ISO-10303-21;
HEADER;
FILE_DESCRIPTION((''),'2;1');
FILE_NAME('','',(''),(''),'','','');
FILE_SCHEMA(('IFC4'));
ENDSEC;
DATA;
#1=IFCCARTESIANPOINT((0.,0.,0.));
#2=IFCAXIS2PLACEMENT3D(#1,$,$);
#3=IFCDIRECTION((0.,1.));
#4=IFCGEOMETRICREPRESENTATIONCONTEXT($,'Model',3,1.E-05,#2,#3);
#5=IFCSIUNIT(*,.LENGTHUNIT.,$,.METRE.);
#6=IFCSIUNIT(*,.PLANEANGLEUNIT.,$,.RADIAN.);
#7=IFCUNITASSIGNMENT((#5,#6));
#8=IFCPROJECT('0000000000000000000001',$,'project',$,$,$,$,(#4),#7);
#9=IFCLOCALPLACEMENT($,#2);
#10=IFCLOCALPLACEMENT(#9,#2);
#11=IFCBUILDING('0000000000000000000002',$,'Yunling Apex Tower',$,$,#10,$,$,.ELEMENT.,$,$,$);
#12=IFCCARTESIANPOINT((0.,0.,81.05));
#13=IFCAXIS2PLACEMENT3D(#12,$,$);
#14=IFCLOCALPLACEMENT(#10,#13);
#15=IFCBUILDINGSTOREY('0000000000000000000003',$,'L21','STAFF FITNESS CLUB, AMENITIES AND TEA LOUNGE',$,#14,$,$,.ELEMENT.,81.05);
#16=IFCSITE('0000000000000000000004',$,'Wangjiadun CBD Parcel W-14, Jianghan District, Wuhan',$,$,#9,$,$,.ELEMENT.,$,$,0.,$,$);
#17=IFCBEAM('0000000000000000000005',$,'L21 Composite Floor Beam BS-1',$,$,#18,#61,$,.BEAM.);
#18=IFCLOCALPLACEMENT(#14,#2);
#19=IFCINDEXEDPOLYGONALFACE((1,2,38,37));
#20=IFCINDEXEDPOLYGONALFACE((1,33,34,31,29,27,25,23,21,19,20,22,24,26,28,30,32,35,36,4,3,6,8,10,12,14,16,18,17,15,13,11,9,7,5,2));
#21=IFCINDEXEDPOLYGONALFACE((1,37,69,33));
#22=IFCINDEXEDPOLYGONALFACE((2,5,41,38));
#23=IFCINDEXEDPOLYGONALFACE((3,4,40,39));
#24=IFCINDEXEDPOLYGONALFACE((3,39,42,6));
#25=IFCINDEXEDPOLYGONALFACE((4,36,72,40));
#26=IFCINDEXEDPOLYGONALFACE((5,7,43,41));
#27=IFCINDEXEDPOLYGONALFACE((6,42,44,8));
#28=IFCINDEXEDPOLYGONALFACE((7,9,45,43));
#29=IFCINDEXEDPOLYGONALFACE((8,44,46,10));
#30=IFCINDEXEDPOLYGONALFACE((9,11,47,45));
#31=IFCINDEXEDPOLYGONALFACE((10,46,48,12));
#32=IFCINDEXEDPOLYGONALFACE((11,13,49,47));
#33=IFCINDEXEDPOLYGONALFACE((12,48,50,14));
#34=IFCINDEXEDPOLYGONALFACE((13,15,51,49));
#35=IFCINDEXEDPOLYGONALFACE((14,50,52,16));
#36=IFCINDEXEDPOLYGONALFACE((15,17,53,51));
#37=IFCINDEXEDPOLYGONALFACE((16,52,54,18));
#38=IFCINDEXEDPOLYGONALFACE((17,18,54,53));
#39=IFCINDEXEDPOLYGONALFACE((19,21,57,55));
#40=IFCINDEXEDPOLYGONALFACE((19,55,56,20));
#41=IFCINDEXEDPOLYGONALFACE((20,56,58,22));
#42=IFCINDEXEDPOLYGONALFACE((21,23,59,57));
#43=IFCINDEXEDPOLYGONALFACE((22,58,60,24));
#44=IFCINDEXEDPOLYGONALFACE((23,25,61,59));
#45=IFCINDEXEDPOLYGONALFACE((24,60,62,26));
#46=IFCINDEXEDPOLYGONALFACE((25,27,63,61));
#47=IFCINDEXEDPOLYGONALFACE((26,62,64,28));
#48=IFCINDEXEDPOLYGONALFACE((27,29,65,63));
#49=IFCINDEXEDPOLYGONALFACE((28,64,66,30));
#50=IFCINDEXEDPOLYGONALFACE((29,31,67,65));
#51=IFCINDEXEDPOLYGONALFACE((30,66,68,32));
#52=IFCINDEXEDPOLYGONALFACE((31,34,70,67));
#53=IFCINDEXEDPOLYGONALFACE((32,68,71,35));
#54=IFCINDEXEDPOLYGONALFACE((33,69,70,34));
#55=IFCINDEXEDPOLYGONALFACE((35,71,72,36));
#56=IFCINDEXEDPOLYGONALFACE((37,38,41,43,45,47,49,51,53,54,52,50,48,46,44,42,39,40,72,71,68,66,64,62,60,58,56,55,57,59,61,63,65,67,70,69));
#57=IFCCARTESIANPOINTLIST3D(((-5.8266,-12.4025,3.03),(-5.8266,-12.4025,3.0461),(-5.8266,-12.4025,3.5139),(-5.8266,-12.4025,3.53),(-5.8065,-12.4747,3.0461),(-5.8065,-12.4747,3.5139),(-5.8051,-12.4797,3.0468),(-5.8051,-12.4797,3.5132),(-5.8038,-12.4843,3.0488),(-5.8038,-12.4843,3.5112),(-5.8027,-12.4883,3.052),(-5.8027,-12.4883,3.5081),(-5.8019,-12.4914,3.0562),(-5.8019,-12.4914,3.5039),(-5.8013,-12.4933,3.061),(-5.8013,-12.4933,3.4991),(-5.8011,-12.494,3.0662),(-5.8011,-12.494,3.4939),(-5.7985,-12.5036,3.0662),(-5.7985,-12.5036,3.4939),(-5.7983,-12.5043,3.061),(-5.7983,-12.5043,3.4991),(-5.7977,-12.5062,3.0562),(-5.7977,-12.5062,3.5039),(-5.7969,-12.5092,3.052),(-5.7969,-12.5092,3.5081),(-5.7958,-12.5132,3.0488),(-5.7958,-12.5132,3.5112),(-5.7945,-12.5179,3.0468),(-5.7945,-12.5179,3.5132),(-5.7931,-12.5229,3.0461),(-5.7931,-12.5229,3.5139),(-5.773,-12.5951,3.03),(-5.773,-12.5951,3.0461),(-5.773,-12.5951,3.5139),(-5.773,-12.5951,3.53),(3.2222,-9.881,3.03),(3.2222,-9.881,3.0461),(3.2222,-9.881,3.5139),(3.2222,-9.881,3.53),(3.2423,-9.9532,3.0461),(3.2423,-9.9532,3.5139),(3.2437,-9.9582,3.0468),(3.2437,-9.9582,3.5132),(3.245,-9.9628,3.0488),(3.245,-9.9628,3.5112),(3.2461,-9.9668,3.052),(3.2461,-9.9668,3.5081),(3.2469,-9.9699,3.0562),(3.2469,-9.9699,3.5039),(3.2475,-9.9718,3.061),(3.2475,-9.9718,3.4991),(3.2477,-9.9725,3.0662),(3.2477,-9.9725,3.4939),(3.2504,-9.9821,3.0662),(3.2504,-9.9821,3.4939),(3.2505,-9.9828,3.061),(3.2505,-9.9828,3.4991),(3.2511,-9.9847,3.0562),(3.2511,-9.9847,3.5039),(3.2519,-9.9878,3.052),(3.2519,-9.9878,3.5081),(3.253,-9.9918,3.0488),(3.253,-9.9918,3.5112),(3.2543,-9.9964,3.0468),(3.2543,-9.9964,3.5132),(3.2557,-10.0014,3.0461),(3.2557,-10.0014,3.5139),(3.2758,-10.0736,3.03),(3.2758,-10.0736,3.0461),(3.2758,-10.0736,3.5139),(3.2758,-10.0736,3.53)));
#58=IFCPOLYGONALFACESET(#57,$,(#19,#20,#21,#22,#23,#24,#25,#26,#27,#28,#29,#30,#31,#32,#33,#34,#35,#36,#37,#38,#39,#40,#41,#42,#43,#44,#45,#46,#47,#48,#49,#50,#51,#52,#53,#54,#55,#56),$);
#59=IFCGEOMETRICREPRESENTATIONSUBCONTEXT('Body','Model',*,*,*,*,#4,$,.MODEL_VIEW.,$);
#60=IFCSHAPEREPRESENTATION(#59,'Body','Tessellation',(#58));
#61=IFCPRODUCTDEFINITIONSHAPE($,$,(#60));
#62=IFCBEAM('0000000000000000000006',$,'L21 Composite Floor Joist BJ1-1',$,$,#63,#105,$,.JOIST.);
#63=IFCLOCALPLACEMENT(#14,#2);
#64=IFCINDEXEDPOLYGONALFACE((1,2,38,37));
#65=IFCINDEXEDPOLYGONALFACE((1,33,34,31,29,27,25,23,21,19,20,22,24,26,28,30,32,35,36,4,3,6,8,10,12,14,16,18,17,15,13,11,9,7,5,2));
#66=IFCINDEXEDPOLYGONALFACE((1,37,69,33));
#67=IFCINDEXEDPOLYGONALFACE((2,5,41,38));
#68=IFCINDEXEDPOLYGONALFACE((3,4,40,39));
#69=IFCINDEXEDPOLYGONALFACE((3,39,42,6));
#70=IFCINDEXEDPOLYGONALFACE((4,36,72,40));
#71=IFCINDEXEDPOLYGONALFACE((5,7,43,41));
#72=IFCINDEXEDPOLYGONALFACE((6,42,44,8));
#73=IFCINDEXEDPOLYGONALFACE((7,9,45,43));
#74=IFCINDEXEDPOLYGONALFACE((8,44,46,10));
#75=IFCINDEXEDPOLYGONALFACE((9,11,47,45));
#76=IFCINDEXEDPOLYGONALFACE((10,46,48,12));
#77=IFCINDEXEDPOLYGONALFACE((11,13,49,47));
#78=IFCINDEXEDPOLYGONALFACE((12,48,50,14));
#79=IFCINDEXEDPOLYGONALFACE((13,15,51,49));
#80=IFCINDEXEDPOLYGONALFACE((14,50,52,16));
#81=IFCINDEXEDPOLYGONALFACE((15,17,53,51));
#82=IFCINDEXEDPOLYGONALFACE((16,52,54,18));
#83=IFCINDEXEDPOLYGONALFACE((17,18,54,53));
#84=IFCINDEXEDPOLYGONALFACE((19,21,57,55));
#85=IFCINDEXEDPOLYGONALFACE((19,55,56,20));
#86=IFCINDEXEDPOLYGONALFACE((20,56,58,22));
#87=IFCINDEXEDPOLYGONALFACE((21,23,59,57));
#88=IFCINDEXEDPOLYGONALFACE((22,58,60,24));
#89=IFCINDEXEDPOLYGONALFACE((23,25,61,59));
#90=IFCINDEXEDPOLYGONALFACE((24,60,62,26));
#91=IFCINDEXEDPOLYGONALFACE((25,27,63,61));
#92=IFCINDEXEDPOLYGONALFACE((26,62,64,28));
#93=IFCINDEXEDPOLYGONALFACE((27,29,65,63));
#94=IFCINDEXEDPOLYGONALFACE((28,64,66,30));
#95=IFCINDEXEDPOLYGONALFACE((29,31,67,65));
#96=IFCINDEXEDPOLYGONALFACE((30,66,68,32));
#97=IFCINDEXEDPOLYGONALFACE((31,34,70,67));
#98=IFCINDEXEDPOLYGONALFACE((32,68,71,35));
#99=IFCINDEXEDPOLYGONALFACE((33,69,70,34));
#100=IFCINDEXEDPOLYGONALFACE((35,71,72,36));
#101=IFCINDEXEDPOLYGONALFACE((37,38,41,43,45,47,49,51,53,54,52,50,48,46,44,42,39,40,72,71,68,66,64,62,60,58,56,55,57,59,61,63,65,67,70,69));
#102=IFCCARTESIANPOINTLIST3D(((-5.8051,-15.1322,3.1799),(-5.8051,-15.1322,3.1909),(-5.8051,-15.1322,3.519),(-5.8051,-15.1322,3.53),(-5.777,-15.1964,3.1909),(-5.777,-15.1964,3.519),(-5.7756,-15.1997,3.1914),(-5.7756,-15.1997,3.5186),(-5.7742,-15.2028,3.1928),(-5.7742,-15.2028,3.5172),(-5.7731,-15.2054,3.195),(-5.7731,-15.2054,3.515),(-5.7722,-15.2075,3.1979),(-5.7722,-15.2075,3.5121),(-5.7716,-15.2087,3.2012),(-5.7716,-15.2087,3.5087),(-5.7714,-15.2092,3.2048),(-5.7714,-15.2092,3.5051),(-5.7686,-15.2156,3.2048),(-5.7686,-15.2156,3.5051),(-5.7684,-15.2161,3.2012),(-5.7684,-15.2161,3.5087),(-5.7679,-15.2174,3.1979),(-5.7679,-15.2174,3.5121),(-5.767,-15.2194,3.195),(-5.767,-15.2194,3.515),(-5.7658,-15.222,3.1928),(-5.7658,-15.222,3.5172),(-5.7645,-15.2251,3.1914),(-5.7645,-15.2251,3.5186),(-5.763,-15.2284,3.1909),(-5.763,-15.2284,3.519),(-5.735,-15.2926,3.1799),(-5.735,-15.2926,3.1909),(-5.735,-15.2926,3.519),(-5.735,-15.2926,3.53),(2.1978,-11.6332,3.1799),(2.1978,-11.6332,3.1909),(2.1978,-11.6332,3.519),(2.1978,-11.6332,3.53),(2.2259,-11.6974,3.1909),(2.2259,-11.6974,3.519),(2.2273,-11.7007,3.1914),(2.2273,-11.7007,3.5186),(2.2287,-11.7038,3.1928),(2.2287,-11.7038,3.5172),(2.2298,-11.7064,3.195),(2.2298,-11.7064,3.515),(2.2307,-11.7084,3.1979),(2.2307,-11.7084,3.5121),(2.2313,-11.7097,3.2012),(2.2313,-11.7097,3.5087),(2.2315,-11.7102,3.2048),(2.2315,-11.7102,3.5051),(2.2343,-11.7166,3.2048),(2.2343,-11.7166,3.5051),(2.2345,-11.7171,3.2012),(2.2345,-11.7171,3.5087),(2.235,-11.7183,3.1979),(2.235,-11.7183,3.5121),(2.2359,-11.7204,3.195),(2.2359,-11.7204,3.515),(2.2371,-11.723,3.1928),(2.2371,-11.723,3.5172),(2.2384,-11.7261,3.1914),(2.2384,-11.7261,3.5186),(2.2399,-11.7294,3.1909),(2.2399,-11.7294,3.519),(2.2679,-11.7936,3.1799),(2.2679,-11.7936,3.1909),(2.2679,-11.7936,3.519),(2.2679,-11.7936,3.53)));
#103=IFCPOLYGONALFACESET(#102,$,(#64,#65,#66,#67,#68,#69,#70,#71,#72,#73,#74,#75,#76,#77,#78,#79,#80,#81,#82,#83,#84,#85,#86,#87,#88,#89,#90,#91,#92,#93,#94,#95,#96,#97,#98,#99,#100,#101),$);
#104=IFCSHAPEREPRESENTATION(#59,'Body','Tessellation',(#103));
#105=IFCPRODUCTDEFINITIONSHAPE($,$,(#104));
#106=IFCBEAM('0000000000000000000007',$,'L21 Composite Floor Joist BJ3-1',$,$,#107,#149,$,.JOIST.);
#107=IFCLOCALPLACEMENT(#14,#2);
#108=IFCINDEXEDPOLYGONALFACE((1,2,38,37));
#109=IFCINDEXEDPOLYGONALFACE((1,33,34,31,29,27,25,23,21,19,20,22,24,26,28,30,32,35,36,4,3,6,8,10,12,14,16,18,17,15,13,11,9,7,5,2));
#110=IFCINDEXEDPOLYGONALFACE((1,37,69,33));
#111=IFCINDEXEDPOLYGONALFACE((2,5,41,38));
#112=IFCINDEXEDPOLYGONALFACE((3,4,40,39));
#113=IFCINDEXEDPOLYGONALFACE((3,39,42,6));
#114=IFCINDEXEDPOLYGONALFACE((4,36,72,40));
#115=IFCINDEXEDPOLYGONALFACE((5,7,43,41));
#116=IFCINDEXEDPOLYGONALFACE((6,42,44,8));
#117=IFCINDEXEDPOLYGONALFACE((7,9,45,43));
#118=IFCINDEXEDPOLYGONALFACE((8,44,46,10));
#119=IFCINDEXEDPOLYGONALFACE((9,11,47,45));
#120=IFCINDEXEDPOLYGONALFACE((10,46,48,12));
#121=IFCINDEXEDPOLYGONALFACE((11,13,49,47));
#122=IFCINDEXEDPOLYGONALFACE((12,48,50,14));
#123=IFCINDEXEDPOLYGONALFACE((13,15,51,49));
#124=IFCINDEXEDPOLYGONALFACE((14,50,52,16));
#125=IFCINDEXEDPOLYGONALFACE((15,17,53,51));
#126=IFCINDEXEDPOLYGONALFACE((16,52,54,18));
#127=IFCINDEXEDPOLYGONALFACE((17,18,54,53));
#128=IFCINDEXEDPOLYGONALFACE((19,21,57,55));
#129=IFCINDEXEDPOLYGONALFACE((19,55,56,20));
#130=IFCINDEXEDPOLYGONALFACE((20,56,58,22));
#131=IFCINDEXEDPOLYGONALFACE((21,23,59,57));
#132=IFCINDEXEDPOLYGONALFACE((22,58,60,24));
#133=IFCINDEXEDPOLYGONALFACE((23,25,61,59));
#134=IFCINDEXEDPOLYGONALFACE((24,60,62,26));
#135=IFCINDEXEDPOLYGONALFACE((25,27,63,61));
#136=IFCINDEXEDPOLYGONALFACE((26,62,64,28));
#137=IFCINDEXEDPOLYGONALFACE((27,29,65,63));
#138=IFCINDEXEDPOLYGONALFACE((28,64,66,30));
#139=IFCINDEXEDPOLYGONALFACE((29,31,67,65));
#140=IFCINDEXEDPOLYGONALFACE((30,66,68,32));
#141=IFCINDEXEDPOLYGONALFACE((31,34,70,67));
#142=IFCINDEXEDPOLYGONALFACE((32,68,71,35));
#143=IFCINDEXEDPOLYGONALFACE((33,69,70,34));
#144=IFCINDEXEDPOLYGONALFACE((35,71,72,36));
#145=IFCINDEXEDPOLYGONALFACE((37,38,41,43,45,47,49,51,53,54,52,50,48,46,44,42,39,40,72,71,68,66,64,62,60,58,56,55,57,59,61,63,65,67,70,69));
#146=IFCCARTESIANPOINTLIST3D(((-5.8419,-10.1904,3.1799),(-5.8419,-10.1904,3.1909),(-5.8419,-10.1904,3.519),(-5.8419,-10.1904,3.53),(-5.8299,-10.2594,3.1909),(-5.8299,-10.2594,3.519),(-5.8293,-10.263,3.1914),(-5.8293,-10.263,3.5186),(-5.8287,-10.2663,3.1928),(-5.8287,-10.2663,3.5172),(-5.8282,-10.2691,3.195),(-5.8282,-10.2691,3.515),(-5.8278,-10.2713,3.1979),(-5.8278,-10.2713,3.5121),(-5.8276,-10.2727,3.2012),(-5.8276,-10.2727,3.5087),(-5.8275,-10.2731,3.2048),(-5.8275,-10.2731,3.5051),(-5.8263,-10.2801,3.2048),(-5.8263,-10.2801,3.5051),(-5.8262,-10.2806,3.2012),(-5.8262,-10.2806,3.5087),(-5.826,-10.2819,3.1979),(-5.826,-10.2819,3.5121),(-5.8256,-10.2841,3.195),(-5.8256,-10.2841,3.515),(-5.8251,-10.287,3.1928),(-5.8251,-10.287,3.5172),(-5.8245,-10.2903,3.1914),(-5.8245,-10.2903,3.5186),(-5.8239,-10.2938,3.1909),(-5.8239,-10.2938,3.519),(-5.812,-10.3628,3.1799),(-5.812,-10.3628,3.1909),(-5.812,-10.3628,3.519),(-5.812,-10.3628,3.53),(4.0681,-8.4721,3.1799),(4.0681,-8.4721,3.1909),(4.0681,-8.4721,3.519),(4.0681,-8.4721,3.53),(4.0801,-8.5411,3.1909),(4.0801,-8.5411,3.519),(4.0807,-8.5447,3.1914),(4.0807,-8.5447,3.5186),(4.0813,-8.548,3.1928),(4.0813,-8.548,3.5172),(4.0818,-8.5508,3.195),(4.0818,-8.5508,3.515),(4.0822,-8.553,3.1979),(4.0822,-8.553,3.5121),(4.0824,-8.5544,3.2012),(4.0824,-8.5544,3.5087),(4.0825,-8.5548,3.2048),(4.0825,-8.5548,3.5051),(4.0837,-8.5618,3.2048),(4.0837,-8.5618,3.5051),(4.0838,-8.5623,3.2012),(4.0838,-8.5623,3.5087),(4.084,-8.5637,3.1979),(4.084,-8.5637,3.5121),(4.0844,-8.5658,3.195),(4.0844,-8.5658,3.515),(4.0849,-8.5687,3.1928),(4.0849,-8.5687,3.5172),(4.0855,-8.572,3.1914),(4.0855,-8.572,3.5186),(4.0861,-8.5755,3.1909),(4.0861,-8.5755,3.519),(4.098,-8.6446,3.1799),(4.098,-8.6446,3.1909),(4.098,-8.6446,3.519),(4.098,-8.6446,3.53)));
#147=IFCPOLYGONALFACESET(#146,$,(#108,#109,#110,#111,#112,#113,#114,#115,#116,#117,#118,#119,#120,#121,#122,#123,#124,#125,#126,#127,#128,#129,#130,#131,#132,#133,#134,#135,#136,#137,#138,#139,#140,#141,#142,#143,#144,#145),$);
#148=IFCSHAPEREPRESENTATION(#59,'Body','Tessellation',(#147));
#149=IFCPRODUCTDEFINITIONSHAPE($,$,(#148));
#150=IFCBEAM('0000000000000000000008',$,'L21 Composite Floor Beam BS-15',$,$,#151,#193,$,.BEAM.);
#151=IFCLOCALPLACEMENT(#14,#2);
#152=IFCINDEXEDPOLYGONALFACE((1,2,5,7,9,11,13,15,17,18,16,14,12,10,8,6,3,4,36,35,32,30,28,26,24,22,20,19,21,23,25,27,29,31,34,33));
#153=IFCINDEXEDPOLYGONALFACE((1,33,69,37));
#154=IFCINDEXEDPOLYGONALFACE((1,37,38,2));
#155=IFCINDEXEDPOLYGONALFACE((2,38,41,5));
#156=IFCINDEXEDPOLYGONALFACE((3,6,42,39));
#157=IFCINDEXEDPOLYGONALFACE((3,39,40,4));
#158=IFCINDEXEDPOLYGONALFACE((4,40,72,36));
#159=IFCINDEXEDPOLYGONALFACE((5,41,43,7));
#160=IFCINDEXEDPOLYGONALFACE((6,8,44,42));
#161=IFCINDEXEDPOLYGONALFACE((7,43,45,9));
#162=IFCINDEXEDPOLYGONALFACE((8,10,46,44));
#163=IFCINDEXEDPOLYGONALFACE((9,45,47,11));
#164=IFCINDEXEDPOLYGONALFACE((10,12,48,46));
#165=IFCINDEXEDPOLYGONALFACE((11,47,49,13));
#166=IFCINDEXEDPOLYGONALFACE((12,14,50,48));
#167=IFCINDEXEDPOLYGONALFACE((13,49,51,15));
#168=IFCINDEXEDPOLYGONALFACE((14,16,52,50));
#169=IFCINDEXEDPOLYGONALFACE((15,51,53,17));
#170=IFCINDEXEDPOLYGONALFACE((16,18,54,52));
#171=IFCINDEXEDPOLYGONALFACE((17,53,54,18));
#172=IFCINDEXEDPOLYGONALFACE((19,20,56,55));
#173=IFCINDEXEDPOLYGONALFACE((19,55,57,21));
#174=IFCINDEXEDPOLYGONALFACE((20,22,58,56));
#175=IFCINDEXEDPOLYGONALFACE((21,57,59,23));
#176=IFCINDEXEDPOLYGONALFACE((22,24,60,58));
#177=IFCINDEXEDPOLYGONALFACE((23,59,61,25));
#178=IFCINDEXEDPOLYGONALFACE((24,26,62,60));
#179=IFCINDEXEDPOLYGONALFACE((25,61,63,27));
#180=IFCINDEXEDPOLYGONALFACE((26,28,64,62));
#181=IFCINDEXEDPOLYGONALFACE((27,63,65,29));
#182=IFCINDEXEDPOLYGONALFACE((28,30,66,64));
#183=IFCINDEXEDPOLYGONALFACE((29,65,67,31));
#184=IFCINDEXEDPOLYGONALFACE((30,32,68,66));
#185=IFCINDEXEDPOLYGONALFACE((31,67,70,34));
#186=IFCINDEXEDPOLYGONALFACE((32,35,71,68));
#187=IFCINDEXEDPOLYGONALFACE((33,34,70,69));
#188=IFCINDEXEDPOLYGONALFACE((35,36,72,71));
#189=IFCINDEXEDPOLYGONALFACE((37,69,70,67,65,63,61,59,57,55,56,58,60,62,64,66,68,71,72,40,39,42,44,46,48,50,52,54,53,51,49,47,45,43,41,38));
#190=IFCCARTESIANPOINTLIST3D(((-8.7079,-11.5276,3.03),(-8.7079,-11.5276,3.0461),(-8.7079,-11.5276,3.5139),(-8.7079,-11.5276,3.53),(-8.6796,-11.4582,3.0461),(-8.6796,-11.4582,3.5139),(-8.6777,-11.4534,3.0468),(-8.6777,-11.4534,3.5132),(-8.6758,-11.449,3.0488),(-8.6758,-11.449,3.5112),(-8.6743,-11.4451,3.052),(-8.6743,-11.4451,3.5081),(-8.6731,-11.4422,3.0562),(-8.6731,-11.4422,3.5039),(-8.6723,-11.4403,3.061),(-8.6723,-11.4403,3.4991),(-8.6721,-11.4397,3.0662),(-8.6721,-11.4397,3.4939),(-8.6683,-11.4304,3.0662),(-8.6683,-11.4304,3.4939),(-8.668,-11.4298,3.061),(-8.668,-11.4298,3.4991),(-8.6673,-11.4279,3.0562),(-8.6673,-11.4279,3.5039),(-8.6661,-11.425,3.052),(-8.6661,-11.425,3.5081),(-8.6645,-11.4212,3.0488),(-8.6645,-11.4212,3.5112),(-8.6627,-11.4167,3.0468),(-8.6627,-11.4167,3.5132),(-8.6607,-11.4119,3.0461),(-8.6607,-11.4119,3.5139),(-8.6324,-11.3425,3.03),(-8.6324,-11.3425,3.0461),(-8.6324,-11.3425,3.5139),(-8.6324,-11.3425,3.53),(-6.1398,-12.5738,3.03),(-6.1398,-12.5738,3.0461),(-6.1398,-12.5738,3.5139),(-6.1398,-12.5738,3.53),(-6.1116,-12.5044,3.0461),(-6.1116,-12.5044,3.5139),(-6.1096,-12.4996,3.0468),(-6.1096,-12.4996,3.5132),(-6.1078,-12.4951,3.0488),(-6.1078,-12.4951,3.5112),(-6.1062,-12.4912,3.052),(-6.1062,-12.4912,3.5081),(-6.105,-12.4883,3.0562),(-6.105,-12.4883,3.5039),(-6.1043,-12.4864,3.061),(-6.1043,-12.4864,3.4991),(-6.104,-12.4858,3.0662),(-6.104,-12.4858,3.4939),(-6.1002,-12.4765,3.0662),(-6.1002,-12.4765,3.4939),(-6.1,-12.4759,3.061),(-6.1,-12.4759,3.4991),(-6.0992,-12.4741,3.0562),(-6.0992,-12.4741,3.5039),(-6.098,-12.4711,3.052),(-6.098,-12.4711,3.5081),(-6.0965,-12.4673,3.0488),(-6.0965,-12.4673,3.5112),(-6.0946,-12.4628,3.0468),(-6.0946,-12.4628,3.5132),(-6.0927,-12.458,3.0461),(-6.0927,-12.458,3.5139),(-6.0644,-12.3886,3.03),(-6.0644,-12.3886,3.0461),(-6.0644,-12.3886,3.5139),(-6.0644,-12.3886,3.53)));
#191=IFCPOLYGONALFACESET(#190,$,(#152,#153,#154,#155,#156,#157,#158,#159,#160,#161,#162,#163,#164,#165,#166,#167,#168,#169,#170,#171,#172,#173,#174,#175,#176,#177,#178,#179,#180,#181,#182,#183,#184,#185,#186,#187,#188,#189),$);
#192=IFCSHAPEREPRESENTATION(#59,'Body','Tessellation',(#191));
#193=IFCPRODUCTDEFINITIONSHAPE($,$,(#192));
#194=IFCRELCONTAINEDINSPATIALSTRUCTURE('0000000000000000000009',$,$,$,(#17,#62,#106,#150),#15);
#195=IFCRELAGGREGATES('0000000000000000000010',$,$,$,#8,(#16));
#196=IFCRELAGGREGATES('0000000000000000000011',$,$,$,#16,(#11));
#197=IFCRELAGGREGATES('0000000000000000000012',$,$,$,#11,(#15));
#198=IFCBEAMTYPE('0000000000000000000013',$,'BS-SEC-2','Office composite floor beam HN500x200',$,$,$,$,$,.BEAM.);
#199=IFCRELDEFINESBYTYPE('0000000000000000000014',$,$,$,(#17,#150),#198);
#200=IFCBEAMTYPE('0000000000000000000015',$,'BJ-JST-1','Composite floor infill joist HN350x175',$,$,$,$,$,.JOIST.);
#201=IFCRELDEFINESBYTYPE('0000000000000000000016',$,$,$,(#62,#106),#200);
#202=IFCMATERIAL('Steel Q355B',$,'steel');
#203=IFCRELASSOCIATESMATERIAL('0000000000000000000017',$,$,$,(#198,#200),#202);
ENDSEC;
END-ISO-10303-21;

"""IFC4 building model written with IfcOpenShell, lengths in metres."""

from ifc_helpers import new_model, si_unit, direction, frame, origin, origin_2d, place, context, subcontext, project, spatial, i_section, extrude, source, transform, mapped, material, material_profile, profile_set, type_object, element, save


model = new_model("IFC4")

# Units and contexts
model_context = context("Model", 3, precision=1e-05, world=origin(), true_north=direction((0.0, 1.0)))
body_context = subcontext(model_context, "Body", "Model", "MODEL_VIEW")
ifc_project = project(units=[si_unit("LENGTHUNIT", "METRE"), si_unit("PLANEANGLEUNIT", "RADIAN")], contexts=[model_context])

# Site, building, storey
site_placement = place(None, origin())
site = spatial("IfcSite", under=ifc_project, at=site_placement, Name="Wangjiadun CBD Parcel W-14, Jianghan District, Wuhan", CompositionType="ELEMENT", RefElevation=0.0)
building_placement = place(site_placement, origin())
building = spatial("IfcBuilding", under=site, at=building_placement, Name="Yunling Apex Tower", CompositionType="ELEMENT")
storey_placement = place(building_placement, frame((0.0, 0.0, 81.05)))
storey = spatial("IfcBuildingStorey", under=building, at=storey_placement, Name="L21", Description="STAFF FITNESS CLUB, AMENITIES AND TEA LOUNGE", CompositionType="ELEMENT", Elevation=81.05)

# Beams
ifc_material_1 = material(Name="Steel Q355B", Category="steel")
ifc_material_profile_1 = material_profile(ifc_material_1, i_section(OverallWidth=0.2, OverallDepth=0.5, WebThickness=0.01, FlangeThickness=0.0161, FilletRadius=0.02, at=origin_2d()))
ifc_profile_set_1 = profile_set([ifc_material_profile_1], Name="Steel Q355B")
beam_type_1 = type_object("IfcBeamType", Name="BS-SEC-2", Description="Office composite floor beam HN500x200", PredefinedType="BEAM", material=ifc_profile_set_1)
shared_shape_1 = source(origin(), body_context, "Body", "SweptSolid", [
    extrude(i_section(OverallWidth=0.2, OverallDepth=0.5, WebThickness=0.01, FlangeThickness=0.0161, FilletRadius=0.02, at=origin_2d()), origin(), (0.0, 0.0, 1.0), 9.3936),
])
beam_1_placement = place(storey_placement, frame((-5.7998, -12.4988, 3.28), z_axis=(0.9633, 0.268427, 0.0), x_axis=(-0.268427, 0.9633, 0.0)))
element("IfcBeam", 1, at=beam_1_placement, inside=storey, type_object=beam_type_1, Name="L21 Composite Floor Beam BS-1", PredefinedType="BEAM", context=body_context, shape_type="MappedRepresentation", body=[
    mapped(shared_shape_1, transform((0.0, 0.0, 0.0), scale=1.0)),
])
ifc_material_profile_2 = material_profile(ifc_material_1, i_section(OverallWidth=0.175, OverallDepth=0.3501, WebThickness=0.0071, FlangeThickness=0.011, FilletRadius=0.0139, at=origin_2d()))
ifc_profile_set_2 = profile_set([ifc_material_profile_2], Name="Steel Q355B")
beam_type_2 = type_object("IfcBeamType", Name="BJ-JST-1", Description="Composite floor infill joist HN350x175", PredefinedType="JOIST", material=ifc_profile_set_2)
shared_shape_2 = source(origin(), body_context, "Body", "SweptSolid", [
    extrude(i_section(OverallWidth=0.175, OverallDepth=0.3501, WebThickness=0.0071, FlangeThickness=0.011, FilletRadius=0.0139, at=origin_2d()), origin(), (0.0, 0.0, 1.0), 8.7344),
])
beam_2_placement = place(storey_placement, frame((-5.77, -15.2124, 3.355), z_axis=(0.916252, 0.400602, 0.0), x_axis=(-0.400602, 0.916252, 0.0)))
element("IfcBeam", 2, at=beam_2_placement, inside=storey, type_object=beam_type_2, Name="L21 Composite Floor Joist BJ1-1", PredefinedType="JOIST", context=body_context, shape_type="MappedRepresentation", body=[
    mapped(shared_shape_2, transform((0.0, 0.0, 0.0), scale=1.0)),
])
shared_shape_3 = source(origin(), body_context, "Body", "SweptSolid", [
    extrude(i_section(OverallWidth=0.175, OverallDepth=0.3501, WebThickness=0.0071, FlangeThickness=0.011, FilletRadius=0.0139, at=origin_2d()), origin(), (0.0, 0.0, 1.0), 10.0579),
])
beam_3_placement = place(storey_placement, frame((-5.8269, -10.2766, 3.355), z_axis=(0.985299, 0.170839, 0.0), x_axis=(-0.170839, 0.985299, 0.0)))
element("IfcBeam", 3, at=beam_3_placement, inside=storey, type_object=beam_type_2, Name="L21 Composite Floor Joist BJ3-1", PredefinedType="JOIST", context=body_context, shape_type="MappedRepresentation", body=[
    mapped(shared_shape_3, transform((0.0, 0.0, 0.0), scale=1.0)),
])
shared_shape_4 = source(origin(), body_context, "Body", "SweptSolid", [
    extrude(i_section(OverallWidth=0.2, OverallDepth=0.5, WebThickness=0.01, FlangeThickness=0.0161, FilletRadius=0.02, at=origin_2d()), origin(), (0.0, 0.0, 1.0), 2.7729),
])
beam_4_placement = place(storey_placement, frame((-8.6702, -11.4351, 3.28), z_axis=(0.926108, -0.377258, 0.0), x_axis=(0.377258, 0.926108, 0.0)))
element("IfcBeam", 4, at=beam_4_placement, inside=storey, type_object=beam_type_1, Name="L21 Composite Floor Beam BS-15", PredefinedType="BEAM", context=body_context, shape_type="MappedRepresentation", body=[
    mapped(shared_shape_4, transform((0.0, 0.0, 0.0), scale=1.0)),
])

save(model, "model.ifc")
